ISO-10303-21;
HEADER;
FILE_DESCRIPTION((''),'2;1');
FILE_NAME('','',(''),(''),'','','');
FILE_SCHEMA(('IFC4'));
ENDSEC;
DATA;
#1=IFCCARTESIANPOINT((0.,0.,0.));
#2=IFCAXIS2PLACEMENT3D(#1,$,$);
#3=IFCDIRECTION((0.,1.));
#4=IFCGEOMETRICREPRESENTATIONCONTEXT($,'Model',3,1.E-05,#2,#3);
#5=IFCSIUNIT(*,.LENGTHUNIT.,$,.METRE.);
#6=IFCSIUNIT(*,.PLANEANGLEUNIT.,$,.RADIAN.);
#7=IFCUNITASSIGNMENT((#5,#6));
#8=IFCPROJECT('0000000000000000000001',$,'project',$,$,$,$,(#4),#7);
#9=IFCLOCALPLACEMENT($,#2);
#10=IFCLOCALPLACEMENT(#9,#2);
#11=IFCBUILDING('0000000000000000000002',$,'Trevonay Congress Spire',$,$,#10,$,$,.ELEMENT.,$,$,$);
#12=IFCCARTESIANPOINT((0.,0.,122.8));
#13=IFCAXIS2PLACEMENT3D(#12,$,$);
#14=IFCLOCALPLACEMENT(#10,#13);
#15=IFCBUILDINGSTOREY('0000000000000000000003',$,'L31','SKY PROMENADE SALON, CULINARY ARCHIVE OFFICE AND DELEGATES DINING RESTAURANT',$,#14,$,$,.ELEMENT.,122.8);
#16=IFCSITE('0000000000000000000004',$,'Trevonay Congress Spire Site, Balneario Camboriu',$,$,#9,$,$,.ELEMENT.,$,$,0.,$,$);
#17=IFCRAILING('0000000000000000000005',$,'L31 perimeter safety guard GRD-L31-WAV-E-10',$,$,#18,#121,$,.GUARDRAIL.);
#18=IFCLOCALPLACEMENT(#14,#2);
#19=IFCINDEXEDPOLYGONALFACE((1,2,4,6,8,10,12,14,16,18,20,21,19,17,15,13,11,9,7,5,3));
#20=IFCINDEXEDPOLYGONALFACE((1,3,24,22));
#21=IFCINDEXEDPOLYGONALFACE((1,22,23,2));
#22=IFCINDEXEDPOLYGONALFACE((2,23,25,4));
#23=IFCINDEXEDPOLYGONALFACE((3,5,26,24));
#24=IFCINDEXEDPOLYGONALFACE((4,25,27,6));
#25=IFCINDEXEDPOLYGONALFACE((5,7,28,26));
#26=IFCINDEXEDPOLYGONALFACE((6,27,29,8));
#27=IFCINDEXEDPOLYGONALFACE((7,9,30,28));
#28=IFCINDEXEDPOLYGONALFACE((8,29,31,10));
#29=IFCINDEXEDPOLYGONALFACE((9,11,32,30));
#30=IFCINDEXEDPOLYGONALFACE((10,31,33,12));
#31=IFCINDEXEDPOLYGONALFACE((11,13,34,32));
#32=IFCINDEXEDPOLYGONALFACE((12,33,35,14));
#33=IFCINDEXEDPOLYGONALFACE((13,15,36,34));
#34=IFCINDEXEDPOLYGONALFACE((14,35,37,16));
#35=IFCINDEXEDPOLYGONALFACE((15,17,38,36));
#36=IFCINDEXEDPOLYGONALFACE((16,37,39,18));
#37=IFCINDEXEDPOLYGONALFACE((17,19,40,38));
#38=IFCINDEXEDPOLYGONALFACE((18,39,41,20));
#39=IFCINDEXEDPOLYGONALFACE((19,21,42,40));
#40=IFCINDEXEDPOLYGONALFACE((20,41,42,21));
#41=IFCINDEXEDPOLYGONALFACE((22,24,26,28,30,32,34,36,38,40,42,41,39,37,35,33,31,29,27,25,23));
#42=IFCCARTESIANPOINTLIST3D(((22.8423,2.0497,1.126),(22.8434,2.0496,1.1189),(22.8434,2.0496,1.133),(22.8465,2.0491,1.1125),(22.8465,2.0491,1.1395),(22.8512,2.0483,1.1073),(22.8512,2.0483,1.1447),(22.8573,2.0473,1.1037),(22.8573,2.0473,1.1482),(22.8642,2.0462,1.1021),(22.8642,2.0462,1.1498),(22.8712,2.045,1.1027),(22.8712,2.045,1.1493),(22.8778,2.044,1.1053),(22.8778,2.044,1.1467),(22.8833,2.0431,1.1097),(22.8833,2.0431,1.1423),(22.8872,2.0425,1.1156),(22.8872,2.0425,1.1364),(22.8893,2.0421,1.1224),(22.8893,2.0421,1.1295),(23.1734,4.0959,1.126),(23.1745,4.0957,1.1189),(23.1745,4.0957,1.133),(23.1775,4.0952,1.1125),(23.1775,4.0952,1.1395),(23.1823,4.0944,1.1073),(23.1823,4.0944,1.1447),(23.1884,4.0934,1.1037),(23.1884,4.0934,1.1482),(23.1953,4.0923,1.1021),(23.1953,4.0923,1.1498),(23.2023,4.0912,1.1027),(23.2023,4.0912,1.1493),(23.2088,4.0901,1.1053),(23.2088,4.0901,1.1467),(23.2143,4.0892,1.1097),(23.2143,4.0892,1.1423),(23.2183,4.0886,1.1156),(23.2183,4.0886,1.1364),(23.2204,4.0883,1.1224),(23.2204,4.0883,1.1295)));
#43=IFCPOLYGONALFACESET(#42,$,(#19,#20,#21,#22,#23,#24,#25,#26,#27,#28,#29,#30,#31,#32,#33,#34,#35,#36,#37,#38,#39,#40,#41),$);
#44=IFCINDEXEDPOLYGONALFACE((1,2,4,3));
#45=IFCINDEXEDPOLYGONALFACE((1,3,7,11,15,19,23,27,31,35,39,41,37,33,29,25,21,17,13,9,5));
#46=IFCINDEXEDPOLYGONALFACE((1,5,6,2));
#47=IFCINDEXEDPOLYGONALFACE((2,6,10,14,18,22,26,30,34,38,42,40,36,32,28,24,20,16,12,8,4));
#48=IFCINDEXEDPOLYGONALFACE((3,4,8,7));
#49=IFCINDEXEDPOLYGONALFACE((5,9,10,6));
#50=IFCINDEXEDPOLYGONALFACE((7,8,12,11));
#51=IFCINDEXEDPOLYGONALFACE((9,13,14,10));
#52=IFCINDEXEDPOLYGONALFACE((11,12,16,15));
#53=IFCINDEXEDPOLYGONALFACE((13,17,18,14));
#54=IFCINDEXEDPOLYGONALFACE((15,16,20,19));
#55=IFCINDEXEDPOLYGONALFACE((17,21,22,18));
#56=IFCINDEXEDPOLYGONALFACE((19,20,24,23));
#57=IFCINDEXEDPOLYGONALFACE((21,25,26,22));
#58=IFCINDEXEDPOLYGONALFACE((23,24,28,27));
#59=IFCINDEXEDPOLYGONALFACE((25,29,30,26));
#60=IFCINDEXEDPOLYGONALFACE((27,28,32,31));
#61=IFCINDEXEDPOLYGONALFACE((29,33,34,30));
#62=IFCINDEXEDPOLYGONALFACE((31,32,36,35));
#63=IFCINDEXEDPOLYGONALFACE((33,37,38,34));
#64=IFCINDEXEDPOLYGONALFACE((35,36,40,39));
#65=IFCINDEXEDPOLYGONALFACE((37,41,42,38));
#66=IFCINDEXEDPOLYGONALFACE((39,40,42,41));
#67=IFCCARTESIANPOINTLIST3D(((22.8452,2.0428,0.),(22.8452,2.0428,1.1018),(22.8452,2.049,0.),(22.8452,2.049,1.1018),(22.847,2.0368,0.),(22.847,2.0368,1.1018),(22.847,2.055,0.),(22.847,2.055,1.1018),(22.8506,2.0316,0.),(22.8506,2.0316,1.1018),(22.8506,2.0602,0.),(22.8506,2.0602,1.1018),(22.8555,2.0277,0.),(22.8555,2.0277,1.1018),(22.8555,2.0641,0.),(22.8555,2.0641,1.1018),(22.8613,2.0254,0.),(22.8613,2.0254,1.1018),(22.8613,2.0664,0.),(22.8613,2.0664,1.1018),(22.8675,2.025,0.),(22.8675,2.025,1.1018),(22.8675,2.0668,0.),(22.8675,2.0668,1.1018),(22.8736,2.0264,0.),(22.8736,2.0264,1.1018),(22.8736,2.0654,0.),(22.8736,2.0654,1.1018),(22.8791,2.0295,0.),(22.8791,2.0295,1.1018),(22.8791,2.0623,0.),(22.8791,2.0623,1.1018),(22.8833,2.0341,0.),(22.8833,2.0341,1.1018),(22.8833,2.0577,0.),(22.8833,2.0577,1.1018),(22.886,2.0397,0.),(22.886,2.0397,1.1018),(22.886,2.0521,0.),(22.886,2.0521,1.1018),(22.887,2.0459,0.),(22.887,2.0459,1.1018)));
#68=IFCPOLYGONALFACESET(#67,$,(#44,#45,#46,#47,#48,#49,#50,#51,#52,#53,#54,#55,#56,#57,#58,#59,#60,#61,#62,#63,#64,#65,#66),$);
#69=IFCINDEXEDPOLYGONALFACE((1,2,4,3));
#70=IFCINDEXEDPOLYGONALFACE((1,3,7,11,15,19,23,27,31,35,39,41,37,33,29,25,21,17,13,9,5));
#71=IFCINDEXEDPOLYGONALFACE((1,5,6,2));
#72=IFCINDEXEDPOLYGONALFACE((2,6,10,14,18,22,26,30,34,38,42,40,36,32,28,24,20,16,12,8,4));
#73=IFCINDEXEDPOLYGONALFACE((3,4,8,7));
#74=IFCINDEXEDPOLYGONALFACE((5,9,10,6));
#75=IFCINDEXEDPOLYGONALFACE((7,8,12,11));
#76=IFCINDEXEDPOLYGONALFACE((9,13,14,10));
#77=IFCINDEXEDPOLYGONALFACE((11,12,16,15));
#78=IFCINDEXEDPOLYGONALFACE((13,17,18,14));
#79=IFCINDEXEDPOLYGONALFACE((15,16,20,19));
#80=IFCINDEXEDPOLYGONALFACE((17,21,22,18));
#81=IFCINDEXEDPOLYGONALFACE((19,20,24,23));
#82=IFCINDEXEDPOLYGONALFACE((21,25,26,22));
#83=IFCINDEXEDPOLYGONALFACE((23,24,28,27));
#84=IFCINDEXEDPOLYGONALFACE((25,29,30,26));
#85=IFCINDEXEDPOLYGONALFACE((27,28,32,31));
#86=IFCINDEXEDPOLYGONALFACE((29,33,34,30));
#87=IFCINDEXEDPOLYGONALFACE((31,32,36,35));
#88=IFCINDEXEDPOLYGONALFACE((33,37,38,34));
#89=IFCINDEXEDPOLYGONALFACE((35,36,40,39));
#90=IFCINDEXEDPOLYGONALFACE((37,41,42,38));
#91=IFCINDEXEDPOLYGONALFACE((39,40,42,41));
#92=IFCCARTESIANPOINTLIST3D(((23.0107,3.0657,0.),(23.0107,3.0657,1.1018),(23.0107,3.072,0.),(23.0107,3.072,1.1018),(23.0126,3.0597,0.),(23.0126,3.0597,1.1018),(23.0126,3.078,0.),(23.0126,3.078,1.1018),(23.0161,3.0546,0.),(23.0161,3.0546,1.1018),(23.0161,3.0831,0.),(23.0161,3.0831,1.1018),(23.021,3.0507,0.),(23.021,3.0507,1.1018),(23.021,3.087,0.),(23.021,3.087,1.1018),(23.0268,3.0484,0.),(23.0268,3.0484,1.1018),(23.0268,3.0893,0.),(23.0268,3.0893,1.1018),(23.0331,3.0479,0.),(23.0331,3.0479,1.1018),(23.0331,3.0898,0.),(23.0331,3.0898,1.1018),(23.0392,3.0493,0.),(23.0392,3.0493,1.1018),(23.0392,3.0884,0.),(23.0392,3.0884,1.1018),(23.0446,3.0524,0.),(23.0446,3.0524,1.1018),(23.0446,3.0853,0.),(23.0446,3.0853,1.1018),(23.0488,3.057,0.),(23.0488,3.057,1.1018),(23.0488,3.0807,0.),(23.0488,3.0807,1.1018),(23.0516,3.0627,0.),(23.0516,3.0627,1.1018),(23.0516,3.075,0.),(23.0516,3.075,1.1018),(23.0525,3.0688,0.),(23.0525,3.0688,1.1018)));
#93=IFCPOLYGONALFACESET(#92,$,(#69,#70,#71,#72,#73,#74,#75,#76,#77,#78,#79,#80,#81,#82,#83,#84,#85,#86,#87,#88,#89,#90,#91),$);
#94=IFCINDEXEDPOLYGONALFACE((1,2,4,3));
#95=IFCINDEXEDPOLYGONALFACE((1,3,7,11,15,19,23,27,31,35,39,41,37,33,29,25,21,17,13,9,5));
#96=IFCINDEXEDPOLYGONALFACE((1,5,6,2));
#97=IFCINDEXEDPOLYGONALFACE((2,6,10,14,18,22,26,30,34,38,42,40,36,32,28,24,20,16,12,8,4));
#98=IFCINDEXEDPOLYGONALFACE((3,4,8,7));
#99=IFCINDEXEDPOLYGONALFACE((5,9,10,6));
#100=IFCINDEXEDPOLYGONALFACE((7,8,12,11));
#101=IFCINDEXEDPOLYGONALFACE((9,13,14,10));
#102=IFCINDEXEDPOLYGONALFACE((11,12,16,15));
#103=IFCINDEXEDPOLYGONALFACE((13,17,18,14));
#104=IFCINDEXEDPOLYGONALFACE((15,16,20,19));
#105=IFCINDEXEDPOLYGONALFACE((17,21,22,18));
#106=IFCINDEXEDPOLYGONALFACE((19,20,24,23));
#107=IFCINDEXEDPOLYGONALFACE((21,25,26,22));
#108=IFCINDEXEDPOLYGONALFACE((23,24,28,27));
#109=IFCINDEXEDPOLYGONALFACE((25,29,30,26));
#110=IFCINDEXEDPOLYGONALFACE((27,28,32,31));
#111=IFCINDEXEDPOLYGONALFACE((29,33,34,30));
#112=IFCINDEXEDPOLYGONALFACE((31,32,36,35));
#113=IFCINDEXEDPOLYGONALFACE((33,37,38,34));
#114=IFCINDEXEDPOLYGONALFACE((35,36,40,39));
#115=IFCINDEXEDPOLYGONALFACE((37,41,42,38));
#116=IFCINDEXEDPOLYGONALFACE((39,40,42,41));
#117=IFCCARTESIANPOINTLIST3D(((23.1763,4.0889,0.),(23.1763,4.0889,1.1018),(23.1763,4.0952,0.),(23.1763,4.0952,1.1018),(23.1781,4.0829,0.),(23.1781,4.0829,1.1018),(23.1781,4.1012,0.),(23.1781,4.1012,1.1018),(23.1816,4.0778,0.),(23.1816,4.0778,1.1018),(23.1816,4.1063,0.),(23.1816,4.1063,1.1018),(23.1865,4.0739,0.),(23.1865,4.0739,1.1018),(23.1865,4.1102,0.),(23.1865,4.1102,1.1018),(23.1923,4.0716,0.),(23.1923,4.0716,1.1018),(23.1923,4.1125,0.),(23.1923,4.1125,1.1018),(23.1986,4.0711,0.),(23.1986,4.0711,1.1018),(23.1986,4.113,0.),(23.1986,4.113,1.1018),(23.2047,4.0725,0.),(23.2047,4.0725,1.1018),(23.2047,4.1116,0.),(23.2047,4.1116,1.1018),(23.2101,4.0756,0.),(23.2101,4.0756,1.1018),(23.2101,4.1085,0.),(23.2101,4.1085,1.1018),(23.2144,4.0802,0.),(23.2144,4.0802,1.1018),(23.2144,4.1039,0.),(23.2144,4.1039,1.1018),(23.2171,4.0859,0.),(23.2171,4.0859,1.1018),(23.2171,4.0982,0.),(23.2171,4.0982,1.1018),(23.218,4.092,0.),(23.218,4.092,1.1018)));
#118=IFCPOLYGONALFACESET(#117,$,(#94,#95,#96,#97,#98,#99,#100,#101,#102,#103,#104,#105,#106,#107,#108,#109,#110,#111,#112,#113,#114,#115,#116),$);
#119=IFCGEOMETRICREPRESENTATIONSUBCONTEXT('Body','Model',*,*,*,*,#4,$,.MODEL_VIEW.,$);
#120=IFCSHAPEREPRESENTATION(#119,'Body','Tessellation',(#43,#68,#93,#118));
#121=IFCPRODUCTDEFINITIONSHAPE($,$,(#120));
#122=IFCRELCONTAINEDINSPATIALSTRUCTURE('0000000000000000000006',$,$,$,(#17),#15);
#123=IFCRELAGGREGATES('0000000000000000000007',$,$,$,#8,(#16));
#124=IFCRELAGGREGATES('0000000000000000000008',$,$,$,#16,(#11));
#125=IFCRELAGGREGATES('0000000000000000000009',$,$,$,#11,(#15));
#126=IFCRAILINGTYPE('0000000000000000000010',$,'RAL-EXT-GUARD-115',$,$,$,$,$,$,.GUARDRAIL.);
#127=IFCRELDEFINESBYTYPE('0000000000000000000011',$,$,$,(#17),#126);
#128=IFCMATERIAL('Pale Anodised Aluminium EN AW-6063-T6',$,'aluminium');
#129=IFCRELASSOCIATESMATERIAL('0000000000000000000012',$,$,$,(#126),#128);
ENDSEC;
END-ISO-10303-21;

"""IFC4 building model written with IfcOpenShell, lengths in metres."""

from ifc_helpers import new_model, si_unit, direction, frame, origin, origin_2d, place, context, subcontext, project, spatial, circle, extrude, material, type_object, element, save


model = new_model("IFC4")

# Units and contexts
model_context = context("Model", 3, precision=1e-05, world=origin(), true_north=direction((0.0, 1.0)))
body_context = subcontext(model_context, "Body", "Model", "MODEL_VIEW")
ifc_project = project(units=[si_unit("LENGTHUNIT", "METRE"), si_unit("PLANEANGLEUNIT", "RADIAN")], contexts=[model_context])

# Site, building, storey
site_placement = place(None, origin())
site = spatial("IfcSite", under=ifc_project, at=site_placement, Name="Trevonay Congress Spire Site, Balneario Camboriu", CompositionType="ELEMENT", RefElevation=0.0)
building_placement = place(site_placement, origin())
building = spatial("IfcBuilding", under=site, at=building_placement, Name="Trevonay Congress Spire", CompositionType="ELEMENT")
storey_placement = place(building_placement, frame((0.0, 0.0, 122.8)))
storey = spatial("IfcBuildingStorey", under=building, at=storey_placement, Name="L31", Description="SKY PROMENADE SALON, CULINARY ARCHIVE OFFICE AND DELEGATES DINING RESTAURANT", CompositionType="ELEMENT", Elevation=122.8)

# Shared definitions
ifc_material_1 = material(Name="Pale Anodised Aluminium EN AW-6063-T6", Category="aluminium")

# Railing
railing_type = type_object("IfcRailingType", Name="RAL-EXT-GUARD-115", PredefinedType="GUARDRAIL", material=ifc_material_1)
railing_1_placement = place(storey_placement, frame((22.866, 2.0459, 0.0)))
element("IfcRailing", 1, at=railing_1_placement, inside=storey, type_object=railing_type, Name="L31 perimeter safety guard GRD-L31-WAV-E-10", PredefinedType="GUARDRAIL", context=body_context, shape_type="SweptSolid", body=[
    extrude(circle(Radius=0.0239, at=origin_2d()), frame((0.0, 0.0, 1.126), z_axis=(0.159718, 0.987163, 0.0), x_axis=(-0.987163, 0.159718, 0.0)), (0.0, 0.0, 1.0), 2.0728),
    extrude(circle(Radius=0.021, at=origin_2d()), origin(), (0.0, 0.0, 1.0), 1.1018),
    extrude(circle(Radius=0.021, at=origin_2d()), frame((0.1655, 1.0229, 0.0)), (0.0, 0.0, 1.0), 1.1018),
    extrude(circle(Radius=0.021, at=origin_2d()), frame((0.3311, 2.0461, 0.0)), (0.0, 0.0, 1.0), 1.1018),
])

save(model, "model.ifc")
